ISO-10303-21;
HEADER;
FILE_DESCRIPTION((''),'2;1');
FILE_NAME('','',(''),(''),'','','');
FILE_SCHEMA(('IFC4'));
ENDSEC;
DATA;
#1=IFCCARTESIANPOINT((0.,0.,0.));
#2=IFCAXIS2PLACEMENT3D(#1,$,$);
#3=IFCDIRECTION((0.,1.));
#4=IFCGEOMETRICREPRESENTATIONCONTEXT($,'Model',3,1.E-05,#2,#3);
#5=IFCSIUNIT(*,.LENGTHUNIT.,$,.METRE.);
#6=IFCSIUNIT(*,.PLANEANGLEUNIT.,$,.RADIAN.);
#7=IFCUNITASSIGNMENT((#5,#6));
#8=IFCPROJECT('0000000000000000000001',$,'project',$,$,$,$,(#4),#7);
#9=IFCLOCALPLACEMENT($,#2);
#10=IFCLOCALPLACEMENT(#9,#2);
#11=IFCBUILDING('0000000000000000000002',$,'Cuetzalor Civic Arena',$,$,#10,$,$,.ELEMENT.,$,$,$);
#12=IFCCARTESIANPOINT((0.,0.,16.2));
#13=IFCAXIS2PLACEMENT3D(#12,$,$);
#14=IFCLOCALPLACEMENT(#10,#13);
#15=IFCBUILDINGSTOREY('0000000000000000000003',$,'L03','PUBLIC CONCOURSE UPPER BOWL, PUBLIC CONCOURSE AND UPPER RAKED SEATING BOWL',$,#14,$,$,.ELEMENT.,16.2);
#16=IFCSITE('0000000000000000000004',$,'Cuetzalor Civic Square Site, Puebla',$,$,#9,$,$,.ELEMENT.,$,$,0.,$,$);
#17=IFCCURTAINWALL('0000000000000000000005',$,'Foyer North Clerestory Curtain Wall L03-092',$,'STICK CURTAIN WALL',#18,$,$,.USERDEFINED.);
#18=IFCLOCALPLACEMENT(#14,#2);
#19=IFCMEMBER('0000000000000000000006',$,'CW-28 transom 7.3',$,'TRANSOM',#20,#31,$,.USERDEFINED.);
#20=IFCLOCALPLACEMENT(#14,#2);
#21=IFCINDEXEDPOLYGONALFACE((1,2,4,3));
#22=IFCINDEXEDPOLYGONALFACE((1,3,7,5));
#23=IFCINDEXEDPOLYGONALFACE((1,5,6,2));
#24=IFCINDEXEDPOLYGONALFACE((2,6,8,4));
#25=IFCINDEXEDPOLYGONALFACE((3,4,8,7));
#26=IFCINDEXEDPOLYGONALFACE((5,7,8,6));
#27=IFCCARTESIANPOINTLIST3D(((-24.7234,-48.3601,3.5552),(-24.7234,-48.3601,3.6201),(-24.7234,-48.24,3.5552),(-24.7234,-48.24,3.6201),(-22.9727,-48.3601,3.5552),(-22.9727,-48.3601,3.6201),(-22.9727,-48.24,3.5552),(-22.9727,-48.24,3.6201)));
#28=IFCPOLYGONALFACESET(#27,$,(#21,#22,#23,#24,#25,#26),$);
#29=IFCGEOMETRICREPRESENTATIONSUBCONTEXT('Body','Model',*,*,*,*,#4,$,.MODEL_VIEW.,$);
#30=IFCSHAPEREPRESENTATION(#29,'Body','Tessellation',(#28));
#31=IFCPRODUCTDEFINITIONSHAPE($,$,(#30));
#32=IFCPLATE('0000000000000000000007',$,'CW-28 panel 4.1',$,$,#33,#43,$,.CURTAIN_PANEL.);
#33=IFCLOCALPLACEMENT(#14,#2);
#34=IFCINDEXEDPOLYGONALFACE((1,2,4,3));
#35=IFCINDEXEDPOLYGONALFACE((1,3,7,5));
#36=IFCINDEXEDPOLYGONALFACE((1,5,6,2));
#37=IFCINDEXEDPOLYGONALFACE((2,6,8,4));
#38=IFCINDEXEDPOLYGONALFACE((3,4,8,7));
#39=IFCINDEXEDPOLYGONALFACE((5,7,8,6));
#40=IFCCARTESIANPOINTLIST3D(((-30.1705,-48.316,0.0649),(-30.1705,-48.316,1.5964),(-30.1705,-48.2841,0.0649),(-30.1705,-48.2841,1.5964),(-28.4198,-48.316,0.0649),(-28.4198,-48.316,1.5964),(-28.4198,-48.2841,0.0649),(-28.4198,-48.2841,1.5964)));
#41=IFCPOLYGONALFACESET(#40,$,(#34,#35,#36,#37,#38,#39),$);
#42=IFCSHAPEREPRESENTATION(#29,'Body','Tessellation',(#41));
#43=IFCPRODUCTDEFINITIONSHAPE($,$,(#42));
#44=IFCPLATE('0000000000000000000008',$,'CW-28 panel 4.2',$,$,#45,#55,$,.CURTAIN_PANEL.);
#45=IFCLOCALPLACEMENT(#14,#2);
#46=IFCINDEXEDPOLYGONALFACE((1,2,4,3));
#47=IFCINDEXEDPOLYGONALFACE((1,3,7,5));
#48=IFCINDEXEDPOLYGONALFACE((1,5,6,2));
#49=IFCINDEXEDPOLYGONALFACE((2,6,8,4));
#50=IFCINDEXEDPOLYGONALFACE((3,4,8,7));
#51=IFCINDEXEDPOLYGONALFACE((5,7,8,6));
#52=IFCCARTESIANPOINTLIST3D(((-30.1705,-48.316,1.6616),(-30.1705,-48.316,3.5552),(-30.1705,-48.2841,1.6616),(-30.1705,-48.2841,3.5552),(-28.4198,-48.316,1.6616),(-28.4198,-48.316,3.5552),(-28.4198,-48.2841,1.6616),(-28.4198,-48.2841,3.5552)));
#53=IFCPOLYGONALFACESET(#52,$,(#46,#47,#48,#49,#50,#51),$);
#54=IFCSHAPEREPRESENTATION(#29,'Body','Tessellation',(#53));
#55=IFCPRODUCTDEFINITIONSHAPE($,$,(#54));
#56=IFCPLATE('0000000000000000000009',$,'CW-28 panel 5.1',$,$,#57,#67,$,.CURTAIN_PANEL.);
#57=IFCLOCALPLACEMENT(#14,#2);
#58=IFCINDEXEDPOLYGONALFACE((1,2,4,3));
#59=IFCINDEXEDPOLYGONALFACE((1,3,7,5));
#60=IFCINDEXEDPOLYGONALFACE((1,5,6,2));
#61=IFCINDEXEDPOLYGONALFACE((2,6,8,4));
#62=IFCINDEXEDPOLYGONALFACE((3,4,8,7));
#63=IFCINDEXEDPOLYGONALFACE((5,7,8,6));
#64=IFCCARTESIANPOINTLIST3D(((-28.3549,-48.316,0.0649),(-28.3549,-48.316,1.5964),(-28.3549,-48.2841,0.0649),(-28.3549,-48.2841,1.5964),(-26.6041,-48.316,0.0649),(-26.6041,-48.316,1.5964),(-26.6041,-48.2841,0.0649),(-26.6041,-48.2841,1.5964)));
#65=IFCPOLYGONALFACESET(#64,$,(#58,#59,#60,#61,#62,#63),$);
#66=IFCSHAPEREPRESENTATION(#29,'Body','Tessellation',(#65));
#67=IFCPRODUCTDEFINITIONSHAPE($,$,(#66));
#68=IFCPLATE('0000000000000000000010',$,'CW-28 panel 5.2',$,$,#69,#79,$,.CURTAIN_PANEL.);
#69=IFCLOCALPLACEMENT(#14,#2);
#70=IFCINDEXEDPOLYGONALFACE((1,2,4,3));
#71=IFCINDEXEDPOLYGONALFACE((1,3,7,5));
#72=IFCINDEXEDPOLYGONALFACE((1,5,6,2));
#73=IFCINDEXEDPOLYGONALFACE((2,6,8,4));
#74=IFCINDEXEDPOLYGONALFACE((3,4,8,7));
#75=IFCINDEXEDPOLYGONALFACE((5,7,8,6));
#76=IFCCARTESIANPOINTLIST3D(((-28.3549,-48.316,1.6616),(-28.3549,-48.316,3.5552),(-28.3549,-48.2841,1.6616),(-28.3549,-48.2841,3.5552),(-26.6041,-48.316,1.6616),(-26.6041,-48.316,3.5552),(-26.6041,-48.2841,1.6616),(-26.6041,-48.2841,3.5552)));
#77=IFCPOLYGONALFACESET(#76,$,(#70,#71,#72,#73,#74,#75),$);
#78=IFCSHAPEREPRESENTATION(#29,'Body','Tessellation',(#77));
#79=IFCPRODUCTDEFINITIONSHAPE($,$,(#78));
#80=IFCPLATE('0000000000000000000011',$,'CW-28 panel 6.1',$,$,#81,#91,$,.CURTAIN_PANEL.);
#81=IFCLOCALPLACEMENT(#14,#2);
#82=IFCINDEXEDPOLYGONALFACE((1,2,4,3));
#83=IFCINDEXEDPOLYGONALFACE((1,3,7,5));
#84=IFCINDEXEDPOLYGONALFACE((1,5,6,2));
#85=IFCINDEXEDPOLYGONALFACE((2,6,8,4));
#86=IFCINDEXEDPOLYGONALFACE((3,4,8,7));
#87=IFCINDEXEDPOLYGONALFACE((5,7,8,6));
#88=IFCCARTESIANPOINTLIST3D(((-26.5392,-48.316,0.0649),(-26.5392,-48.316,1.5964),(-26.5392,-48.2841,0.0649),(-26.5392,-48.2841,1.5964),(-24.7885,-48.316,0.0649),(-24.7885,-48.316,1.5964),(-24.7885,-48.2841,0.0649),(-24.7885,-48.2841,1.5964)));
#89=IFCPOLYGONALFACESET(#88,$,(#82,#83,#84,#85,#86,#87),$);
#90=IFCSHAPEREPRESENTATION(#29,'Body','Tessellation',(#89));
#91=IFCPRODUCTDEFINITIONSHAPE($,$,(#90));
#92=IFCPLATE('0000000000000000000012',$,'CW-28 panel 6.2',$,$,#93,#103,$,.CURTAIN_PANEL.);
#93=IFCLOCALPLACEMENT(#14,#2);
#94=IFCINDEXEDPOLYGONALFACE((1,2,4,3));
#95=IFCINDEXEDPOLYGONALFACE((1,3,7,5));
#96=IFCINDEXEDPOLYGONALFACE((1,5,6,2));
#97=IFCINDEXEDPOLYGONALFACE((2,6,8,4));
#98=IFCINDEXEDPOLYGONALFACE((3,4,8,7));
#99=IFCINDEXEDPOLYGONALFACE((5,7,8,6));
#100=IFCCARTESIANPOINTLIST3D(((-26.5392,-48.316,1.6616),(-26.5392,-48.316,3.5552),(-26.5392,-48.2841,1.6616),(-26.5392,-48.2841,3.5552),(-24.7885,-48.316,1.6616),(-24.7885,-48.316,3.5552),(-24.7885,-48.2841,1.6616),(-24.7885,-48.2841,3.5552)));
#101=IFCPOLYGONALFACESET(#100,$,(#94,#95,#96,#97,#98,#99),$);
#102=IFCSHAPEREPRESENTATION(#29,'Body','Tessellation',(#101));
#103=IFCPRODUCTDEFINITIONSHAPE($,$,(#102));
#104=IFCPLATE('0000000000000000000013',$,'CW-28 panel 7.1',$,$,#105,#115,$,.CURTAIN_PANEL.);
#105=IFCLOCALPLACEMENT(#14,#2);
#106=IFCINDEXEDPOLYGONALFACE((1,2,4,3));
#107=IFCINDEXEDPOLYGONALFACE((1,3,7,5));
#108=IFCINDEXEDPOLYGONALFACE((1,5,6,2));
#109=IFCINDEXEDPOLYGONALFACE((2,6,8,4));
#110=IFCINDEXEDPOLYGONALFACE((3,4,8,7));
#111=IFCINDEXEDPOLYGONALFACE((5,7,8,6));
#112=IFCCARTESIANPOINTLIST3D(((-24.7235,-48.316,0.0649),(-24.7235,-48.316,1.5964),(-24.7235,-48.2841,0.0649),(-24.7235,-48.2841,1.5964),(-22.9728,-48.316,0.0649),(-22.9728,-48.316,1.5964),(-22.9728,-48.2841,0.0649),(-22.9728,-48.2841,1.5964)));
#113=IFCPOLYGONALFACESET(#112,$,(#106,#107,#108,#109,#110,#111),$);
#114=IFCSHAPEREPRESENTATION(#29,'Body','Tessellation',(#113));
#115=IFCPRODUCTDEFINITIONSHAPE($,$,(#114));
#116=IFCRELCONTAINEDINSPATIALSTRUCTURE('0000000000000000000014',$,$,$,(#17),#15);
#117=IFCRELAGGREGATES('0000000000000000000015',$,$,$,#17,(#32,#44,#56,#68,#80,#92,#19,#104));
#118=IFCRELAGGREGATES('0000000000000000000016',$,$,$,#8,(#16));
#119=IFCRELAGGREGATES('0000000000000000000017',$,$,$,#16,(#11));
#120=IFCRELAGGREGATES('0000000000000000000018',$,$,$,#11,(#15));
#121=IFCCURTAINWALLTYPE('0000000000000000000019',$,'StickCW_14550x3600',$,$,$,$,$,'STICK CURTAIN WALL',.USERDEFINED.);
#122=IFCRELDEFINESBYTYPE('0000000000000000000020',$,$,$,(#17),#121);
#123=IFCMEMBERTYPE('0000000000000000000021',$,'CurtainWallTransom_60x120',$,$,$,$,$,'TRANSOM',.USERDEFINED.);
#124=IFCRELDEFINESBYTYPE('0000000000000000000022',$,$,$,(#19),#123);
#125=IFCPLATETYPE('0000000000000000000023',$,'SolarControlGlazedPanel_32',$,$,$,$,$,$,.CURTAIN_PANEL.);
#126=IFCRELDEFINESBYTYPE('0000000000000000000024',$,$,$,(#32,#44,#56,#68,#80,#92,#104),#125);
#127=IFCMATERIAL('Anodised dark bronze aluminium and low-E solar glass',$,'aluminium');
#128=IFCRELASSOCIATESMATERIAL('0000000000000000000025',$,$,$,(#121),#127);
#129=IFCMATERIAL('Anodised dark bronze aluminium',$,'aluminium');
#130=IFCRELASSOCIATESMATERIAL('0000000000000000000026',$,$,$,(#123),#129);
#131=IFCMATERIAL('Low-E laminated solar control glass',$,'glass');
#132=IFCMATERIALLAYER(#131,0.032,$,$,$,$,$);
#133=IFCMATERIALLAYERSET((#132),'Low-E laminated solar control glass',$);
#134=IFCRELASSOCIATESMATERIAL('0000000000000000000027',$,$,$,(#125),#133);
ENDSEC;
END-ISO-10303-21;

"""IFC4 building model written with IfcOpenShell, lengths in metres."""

from ifc_helpers import new_model, si_unit, direction, frame, origin, origin_2d, place, context, subcontext, project, spatial, rectangle, extrude, material, layer, layer_set, material_profile, profile_set, type_object, element, aggregate, save


model = new_model("IFC4")

# Units and contexts
model_context = context("Model", 3, precision=1e-05, world=origin(), true_north=direction((0.0, 1.0)))
body_context = subcontext(model_context, "Body", "Model", "MODEL_VIEW")
ifc_project = project(units=[si_unit("LENGTHUNIT", "METRE"), si_unit("PLANEANGLEUNIT", "RADIAN")], contexts=[model_context])

# Site, building, storey
site_placement = place(None, origin())
site = spatial("IfcSite", under=ifc_project, at=site_placement, Name="Cuetzalor Civic Square Site, Puebla", CompositionType="ELEMENT", RefElevation=0.0)
building_placement = place(site_placement, origin())
building = spatial("IfcBuilding", under=site, at=building_placement, Name="Cuetzalor Civic Arena", CompositionType="ELEMENT")
storey_placement = place(building_placement, frame((0.0, 0.0, 16.2)))
storey = spatial("IfcBuildingStorey", under=building, at=storey_placement, Name="L03", Description="PUBLIC CONCOURSE UPPER BOWL, PUBLIC CONCOURSE AND UPPER RAKED SEATING BOWL", CompositionType="ELEMENT", Elevation=16.2)

# Curtain wall, member, plates
ifc_material_1 = material(Name="Anodised dark bronze aluminium and low-E solar glass", Category="aluminium")
curtain_wall_type = type_object("IfcCurtainWallType", Name="StickCW_14550x3600", ElementType="STICK CURTAIN WALL", PredefinedType="USERDEFINED", material=ifc_material_1)
curtain_wall_placement = place(storey_placement, origin())
curtain_wall = element("IfcCurtainWall", 1, at=curtain_wall_placement, inside=storey, type_object=curtain_wall_type, Name="Foyer North Clerestory Curtain Wall L03-092", ObjectType="STICK CURTAIN WALL", PredefinedType="USERDEFINED")
ifc_material_2 = material(Name="Anodised dark bronze aluminium", Category="aluminium")
ifc_material_profile_1 = material_profile(ifc_material_2, rectangle(XDim=0.1201, YDim=0.0649, at=origin_2d()), Name="ALU TRANSOM 65x120")
ifc_profile_set_1 = profile_set([ifc_material_profile_1], Name="Anodised dark bronze aluminium")
member_type_1 = type_object("IfcMemberType", Name="CurtainWallTransom_60x120", ElementType="TRANSOM", PredefinedType="USERDEFINED", material=ifc_profile_set_1)
member_1_placement = place(storey_placement, frame((-24.7234, -48.3, 3.5876), z_axis=(1.0, 0.0, 0.0), x_axis=(0.0, 1.0, 0.0)))
member_1 = element("IfcMember", 2, at=member_1_placement, type_object=member_type_1, Name="CW-28 transom 7.3", ObjectType="TRANSOM", PredefinedType="USERDEFINED", context=body_context, shape_type="SweptSolid", body=[
    extrude(rectangle(XDim=0.1201, YDim=0.0649, at=origin_2d()), origin(), (0.0, 0.0, 1.0), 1.7507),
])
ifc_material_3 = material(Name="Low-E laminated solar control glass", Category="glass")
ifc_layer = layer(ifc_material_3, 0.032)
ifc_layer_set = layer_set([ifc_layer], Name="Low-E laminated solar control glass")
plate_type = type_object("IfcPlateType", Name="SolarControlGlazedPanel_32", PredefinedType="CURTAIN_PANEL", material=ifc_layer_set)
plate_1_placement = place(storey_placement, frame((-29.2952, -48.3, 0.0649), z_axis=(0.0, 0.0, 1.0), x_axis=(1.0, 0.0, 0.0)))
plate_1 = element("IfcPlate", 3, at=plate_1_placement, type_object=plate_type, Name="CW-28 panel 4.1", PredefinedType="CURTAIN_PANEL", context=body_context, shape_type="SweptSolid", body=[
    extrude(rectangle(XDim=1.7507, YDim=0.032, at=origin_2d()), origin(), (0.0, 0.0, 1.0), 1.5315),
])
plate_2_placement = place(storey_placement, frame((-29.2952, -48.3, 1.6616), z_axis=(0.0, 0.0, 1.0), x_axis=(1.0, 0.0, 0.0)))
plate_2 = element("IfcPlate", 4, at=plate_2_placement, type_object=plate_type, Name="CW-28 panel 4.2", PredefinedType="CURTAIN_PANEL", context=body_context, shape_type="SweptSolid", body=[
    extrude(rectangle(XDim=1.7507, YDim=0.032, at=origin_2d()), origin(), (0.0, 0.0, 1.0), 1.8936),
])
plate_3_placement = place(storey_placement, frame((-27.4795, -48.3, 0.0649), z_axis=(0.0, 0.0, 1.0), x_axis=(1.0, 0.0, 0.0)))
plate_3 = element("IfcPlate", 5, at=plate_3_placement, type_object=plate_type, Name="CW-28 panel 5.1", PredefinedType="CURTAIN_PANEL", context=body_context, shape_type="SweptSolid", body=[
    extrude(rectangle(XDim=1.7507, YDim=0.032, at=origin_2d()), origin(), (0.0, 0.0, 1.0), 1.5315),
])
plate_4_placement = place(storey_placement, frame((-27.4795, -48.3, 1.6616), z_axis=(0.0, 0.0, 1.0), x_axis=(1.0, 0.0, 0.0)))
plate_4 = element("IfcPlate", 6, at=plate_4_placement, type_object=plate_type, Name="CW-28 panel 5.2", PredefinedType="CURTAIN_PANEL", context=body_context, shape_type="SweptSolid", body=[
    extrude(rectangle(XDim=1.7507, YDim=0.032, at=origin_2d()), origin(), (0.0, 0.0, 1.0), 1.8936),
])
plate_5_placement = place(storey_placement, frame((-25.6638, -48.3, 0.0649), z_axis=(0.0, 0.0, 1.0), x_axis=(1.0, 0.0, 0.0)))
plate_5 = element("IfcPlate", 7, at=plate_5_placement, type_object=plate_type, Name="CW-28 panel 6.1", PredefinedType="CURTAIN_PANEL", context=body_context, shape_type="SweptSolid", body=[
    extrude(rectangle(XDim=1.7507, YDim=0.032, at=origin_2d()), origin(), (0.0, 0.0, 1.0), 1.5315),
])
plate_6_placement = place(storey_placement, frame((-25.6638, -48.3, 1.6616), z_axis=(0.0, 0.0, 1.0), x_axis=(1.0, 0.0, 0.0)))
plate_6 = element("IfcPlate", 8, at=plate_6_placement, type_object=plate_type, Name="CW-28 panel 6.2", PredefinedType="CURTAIN_PANEL", context=body_context, shape_type="SweptSolid", body=[
    extrude(rectangle(XDim=1.7507, YDim=0.032, at=origin_2d()), origin(), (0.0, 0.0, 1.0), 1.8936),
])
plate_7_placement = place(storey_placement, frame((-23.8481, -48.3, 0.0649), z_axis=(0.0, 0.0, 1.0), x_axis=(1.0, 0.0, 0.0)))
plate_7 = element("IfcPlate", 9, at=plate_7_placement, type_object=plate_type, Name="CW-28 panel 7.1", PredefinedType="CURTAIN_PANEL", context=body_context, shape_type="SweptSolid", body=[
    extrude(rectangle(XDim=1.7507, YDim=0.032, at=origin_2d()), origin(), (0.0, 0.0, 1.0), 1.5315),
])
aggregate(curtain_wall, [plate_1, plate_2, plate_3, plate_4, plate_5, plate_6, member_1, plate_7])

save(model, "model.ifc")
